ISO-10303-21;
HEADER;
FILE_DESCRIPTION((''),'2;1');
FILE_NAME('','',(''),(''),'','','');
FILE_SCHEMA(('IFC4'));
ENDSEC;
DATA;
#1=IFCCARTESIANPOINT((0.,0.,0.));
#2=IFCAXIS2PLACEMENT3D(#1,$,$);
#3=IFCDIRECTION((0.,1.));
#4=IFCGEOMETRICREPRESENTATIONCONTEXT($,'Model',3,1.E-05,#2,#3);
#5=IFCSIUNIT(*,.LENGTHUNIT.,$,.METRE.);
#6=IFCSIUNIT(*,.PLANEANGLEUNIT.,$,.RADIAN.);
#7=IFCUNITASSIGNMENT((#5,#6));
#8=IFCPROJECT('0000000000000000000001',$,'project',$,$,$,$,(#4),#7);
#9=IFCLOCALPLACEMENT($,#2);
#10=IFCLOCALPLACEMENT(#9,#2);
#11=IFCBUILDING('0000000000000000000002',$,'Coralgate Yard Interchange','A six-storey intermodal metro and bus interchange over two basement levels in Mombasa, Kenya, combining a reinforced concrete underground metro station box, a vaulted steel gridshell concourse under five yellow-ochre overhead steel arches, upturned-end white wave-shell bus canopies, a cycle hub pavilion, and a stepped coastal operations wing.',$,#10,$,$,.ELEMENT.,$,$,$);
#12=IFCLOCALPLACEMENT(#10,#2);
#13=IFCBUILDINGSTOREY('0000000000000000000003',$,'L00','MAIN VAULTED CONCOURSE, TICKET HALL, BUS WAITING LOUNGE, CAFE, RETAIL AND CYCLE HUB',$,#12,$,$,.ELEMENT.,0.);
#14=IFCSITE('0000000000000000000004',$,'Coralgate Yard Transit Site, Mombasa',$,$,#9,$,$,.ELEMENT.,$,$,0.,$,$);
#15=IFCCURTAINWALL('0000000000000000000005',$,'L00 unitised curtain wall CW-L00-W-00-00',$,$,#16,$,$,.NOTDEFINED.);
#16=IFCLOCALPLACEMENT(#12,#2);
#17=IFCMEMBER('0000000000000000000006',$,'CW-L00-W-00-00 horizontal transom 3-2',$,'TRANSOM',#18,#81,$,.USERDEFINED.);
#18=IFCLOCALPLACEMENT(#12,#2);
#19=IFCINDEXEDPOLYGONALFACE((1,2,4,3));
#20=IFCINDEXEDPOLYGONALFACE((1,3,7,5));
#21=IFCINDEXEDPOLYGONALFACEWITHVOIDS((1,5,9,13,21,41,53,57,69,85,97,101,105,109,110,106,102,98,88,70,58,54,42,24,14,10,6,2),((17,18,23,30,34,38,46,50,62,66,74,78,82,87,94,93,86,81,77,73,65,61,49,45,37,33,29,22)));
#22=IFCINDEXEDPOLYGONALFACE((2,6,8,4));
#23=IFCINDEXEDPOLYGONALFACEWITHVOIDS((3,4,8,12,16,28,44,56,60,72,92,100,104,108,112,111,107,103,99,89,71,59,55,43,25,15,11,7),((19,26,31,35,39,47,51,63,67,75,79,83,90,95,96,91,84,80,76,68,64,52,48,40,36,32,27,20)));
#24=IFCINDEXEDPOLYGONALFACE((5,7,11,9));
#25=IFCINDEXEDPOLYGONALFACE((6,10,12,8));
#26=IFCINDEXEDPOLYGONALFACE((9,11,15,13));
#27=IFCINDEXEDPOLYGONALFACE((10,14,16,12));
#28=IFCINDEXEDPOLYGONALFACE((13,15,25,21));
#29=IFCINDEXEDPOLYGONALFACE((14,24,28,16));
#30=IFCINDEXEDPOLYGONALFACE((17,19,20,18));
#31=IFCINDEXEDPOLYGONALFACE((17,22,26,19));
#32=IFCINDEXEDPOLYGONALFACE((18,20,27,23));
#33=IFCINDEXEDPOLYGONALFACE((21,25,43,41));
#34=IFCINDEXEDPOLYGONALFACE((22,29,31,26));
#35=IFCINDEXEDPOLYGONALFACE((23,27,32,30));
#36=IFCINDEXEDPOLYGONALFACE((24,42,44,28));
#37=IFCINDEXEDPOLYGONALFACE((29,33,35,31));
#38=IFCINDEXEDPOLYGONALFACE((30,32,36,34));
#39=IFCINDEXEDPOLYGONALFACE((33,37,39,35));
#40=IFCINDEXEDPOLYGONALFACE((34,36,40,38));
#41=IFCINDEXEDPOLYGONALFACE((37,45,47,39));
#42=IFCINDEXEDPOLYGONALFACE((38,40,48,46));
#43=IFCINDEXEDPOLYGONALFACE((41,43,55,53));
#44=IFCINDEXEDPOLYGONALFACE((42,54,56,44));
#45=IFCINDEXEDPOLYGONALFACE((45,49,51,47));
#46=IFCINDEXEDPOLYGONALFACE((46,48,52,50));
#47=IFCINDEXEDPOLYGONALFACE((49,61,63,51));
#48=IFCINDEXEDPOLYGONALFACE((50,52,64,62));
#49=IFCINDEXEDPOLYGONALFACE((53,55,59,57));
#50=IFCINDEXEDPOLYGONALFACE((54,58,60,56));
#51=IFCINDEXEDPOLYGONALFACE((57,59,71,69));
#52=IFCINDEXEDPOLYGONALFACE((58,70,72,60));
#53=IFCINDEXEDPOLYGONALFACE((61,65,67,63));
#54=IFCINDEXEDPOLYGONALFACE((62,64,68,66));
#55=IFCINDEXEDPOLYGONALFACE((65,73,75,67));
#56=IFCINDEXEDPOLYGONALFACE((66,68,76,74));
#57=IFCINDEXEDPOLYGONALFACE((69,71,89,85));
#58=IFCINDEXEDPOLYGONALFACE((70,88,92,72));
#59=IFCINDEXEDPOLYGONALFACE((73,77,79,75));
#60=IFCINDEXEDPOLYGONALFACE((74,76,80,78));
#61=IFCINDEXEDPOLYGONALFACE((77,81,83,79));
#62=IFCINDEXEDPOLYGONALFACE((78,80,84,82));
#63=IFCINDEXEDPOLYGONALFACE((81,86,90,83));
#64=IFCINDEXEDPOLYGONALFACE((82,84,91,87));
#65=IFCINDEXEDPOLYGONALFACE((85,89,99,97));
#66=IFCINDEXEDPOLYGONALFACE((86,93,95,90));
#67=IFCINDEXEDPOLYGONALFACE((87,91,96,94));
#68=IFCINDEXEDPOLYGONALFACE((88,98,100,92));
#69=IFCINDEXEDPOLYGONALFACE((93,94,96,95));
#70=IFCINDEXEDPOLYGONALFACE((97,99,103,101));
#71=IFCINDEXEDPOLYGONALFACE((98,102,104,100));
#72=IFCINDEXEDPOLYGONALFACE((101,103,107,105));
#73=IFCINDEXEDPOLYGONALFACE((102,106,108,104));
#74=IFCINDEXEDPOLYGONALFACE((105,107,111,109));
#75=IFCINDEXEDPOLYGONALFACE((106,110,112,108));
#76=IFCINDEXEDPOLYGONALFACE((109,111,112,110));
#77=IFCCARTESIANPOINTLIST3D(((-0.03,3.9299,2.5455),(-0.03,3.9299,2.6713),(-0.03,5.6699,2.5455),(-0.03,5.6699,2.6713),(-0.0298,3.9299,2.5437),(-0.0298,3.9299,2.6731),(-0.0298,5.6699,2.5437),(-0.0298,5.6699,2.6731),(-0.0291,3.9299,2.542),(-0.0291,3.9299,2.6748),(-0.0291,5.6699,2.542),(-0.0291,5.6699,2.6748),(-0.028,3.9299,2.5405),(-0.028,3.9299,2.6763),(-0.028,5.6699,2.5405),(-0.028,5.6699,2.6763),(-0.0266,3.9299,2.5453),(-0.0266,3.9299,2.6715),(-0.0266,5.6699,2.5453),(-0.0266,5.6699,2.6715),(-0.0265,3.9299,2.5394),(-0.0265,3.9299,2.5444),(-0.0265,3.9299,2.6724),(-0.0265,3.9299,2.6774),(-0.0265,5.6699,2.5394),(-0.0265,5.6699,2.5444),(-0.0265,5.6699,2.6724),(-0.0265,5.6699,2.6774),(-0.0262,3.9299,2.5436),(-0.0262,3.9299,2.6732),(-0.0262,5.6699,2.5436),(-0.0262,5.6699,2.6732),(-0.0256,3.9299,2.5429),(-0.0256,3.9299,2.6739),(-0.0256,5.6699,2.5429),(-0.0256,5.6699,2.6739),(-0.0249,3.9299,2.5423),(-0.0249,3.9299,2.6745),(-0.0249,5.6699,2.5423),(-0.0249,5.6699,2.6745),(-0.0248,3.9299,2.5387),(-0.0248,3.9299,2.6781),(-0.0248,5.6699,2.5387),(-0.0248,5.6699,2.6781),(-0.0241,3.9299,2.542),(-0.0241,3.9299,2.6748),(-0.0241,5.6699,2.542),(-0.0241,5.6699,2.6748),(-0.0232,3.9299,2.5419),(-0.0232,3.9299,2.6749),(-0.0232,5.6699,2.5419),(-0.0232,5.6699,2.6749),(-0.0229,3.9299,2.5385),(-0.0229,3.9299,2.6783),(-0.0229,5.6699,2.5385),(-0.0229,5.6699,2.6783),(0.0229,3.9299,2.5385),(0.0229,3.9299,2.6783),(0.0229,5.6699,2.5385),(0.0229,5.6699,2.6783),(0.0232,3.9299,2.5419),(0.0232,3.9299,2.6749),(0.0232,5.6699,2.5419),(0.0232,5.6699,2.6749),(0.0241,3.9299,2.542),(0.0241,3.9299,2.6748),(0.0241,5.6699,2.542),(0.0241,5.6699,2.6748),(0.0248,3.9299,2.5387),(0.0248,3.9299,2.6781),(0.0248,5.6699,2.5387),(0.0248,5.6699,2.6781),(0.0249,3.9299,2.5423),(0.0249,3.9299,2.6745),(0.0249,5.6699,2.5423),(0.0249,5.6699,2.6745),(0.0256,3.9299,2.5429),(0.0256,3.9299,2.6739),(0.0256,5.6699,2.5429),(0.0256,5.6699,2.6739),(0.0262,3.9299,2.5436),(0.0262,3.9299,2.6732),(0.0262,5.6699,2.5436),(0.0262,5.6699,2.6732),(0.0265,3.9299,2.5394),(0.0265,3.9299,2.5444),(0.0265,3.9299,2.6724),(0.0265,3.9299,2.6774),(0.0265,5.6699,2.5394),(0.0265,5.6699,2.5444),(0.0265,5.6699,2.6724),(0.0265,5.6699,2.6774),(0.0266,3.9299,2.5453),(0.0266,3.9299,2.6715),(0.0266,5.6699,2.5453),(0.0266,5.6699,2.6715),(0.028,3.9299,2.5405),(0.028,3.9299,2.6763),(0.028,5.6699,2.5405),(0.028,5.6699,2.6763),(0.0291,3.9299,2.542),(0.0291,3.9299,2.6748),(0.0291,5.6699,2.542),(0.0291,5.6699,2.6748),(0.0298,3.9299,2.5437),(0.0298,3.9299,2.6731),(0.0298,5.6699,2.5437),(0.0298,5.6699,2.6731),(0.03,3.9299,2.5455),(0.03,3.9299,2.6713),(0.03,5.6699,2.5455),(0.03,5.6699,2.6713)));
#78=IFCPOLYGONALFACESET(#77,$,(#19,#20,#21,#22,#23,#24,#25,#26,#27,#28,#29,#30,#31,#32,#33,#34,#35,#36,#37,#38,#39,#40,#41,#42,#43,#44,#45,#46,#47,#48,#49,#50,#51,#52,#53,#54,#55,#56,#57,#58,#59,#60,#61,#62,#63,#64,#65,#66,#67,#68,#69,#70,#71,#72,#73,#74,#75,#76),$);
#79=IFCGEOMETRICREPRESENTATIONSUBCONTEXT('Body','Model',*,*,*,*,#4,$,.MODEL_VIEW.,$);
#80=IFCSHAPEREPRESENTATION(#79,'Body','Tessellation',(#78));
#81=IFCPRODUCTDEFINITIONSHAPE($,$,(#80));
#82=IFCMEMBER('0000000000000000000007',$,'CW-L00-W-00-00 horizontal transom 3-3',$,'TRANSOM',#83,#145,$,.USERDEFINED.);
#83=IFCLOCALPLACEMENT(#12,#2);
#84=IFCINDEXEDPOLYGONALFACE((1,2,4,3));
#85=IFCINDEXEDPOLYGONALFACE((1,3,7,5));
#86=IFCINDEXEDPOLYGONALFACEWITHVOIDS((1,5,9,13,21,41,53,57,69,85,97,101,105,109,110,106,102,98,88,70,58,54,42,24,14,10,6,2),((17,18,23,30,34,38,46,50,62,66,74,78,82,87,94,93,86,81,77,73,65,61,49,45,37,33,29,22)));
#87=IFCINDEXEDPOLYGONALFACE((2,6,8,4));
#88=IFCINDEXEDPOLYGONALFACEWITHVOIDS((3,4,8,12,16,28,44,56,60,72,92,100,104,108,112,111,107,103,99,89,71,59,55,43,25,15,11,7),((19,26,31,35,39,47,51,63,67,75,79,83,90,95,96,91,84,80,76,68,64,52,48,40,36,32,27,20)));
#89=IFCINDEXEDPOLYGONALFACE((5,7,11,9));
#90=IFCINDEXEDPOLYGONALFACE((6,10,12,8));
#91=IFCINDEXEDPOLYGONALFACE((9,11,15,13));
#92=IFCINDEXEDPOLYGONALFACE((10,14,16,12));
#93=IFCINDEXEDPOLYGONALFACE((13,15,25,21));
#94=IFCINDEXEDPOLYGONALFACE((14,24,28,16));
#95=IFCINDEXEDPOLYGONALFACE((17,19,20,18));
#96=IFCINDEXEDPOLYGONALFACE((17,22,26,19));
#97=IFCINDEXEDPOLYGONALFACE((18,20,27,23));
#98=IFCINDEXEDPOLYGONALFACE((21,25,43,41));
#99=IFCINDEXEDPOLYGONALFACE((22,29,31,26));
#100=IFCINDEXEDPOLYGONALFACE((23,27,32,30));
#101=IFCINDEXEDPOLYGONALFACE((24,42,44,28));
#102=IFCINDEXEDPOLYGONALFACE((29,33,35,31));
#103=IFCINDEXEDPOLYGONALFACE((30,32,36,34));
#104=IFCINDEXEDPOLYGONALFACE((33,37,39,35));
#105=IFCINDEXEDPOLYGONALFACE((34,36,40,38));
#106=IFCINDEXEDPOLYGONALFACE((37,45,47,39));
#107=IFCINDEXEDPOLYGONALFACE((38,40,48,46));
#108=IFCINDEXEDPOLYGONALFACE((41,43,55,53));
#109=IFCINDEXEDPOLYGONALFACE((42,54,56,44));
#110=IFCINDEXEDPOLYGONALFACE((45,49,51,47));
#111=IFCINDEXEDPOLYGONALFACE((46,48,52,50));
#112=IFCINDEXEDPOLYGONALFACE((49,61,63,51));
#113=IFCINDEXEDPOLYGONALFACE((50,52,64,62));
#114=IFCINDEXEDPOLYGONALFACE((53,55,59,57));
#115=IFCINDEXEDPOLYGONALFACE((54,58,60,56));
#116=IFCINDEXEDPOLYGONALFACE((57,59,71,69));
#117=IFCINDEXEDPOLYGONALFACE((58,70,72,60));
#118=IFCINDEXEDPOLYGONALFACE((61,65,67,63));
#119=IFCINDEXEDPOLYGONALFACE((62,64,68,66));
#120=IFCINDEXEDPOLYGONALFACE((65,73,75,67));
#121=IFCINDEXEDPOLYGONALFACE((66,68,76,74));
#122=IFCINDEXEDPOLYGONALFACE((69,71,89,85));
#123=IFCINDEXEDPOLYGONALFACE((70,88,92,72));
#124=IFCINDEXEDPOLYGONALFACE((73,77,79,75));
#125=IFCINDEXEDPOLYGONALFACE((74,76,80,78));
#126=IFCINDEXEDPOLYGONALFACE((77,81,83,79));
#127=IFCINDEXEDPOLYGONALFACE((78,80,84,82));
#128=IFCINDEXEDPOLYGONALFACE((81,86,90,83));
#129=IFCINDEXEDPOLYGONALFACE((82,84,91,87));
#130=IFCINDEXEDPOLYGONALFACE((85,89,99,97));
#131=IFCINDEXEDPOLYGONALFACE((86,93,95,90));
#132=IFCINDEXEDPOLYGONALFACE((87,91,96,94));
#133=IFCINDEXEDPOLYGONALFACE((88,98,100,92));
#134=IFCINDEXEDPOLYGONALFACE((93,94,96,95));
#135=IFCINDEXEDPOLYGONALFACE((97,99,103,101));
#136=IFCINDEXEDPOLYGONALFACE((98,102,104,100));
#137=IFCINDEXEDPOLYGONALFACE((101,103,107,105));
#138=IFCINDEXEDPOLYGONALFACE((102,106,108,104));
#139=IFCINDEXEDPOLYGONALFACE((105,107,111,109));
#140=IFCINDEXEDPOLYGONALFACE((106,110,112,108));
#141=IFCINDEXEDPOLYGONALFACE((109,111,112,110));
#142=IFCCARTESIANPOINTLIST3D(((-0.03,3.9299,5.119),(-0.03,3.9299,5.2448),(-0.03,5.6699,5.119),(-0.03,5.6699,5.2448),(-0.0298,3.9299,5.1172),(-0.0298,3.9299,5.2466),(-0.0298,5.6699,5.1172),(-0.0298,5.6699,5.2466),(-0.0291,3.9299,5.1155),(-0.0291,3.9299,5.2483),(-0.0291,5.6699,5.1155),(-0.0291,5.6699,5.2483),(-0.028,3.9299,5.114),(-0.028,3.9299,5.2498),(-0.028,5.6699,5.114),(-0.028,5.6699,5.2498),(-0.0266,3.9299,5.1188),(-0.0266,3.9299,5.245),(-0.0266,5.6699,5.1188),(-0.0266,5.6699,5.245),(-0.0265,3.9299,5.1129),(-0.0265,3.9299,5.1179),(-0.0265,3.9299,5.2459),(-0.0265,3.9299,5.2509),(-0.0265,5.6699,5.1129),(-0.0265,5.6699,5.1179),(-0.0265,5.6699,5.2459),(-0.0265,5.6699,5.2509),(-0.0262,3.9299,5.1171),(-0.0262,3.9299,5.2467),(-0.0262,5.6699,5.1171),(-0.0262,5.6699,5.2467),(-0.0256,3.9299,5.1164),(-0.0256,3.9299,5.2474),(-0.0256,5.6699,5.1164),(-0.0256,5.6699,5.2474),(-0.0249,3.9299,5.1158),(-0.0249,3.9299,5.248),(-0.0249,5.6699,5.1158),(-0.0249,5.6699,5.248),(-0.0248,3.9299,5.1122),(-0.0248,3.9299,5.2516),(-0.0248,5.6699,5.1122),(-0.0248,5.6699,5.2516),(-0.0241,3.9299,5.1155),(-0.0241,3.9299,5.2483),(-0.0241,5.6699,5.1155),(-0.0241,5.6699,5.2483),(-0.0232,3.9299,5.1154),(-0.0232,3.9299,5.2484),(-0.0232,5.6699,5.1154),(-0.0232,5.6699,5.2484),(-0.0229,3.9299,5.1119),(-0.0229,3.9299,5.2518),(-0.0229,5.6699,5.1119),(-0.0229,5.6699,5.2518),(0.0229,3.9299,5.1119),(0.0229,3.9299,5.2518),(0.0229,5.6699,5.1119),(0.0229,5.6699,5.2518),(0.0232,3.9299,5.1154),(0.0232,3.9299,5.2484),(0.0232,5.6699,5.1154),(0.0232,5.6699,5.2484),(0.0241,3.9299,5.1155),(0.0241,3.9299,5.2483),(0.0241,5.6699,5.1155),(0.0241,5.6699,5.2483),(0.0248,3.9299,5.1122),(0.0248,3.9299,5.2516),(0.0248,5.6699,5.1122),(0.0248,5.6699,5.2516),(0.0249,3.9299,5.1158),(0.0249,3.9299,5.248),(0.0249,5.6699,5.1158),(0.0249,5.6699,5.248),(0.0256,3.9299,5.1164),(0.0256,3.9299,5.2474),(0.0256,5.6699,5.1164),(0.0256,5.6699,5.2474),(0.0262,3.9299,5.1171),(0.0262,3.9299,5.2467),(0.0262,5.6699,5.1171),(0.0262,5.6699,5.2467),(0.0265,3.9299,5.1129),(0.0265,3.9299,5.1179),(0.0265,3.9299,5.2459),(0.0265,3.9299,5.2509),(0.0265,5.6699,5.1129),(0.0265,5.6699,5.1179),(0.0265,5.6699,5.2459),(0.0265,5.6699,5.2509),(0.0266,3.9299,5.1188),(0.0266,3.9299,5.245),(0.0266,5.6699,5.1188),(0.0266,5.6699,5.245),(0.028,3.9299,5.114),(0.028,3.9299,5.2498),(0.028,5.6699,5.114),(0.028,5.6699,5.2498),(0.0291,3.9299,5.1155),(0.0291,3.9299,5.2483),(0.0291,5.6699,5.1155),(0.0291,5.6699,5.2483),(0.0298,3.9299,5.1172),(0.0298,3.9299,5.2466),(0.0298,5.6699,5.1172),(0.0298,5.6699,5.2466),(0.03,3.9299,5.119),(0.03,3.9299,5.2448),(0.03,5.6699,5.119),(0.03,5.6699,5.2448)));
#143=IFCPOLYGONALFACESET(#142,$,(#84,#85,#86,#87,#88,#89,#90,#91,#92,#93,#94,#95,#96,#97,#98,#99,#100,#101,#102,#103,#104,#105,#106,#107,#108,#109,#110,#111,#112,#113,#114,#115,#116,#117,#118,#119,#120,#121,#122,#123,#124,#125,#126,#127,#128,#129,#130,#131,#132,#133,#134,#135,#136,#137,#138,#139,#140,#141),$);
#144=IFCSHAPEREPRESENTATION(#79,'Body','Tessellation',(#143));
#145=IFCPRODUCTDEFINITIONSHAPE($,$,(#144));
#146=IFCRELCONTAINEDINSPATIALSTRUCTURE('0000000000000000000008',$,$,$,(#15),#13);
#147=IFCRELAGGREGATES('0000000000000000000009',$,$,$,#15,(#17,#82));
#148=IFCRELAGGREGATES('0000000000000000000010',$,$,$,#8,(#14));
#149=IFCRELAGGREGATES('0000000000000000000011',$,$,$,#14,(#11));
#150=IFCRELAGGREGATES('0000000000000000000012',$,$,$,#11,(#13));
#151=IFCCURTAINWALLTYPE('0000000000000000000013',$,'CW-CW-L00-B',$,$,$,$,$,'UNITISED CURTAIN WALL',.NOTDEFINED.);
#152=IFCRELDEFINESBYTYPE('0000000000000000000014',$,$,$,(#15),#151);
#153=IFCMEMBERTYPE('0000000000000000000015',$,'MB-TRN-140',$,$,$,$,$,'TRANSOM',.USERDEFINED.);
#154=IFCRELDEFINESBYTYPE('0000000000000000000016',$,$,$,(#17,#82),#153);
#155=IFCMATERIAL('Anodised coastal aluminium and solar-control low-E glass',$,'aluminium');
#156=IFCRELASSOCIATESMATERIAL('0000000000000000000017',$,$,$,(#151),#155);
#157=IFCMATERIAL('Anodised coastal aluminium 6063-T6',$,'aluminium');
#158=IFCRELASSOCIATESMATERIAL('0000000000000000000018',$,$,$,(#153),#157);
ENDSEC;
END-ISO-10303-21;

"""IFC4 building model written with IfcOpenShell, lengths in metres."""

from ifc_helpers import new_model, si_unit, direction, frame, origin, origin_2d, place, context, subcontext, project, spatial, hollow_rectangle, extrude, material, material_profile, profile_set, type_object, element, aggregate, save


model = new_model("IFC4")

# Units and contexts
model_context = context("Model", 3, precision=1e-05, world=origin(), true_north=direction((0.0, 1.0)))
body_context = subcontext(model_context, "Body", "Model", "MODEL_VIEW")
ifc_project = project(units=[si_unit("LENGTHUNIT", "METRE"), si_unit("PLANEANGLEUNIT", "RADIAN")], contexts=[model_context])

# Site, building, storey
site_placement = place(None, origin())
site = spatial("IfcSite", under=ifc_project, at=site_placement, Name="Coralgate Yard Transit Site, Mombasa", CompositionType="ELEMENT", RefElevation=0.0)
building_placement = place(site_placement, origin())
building = spatial("IfcBuilding", under=site, at=building_placement, Name="Coralgate Yard Interchange", Description="A six-storey intermodal metro and bus interchange over two basement levels in Mombasa, Kenya, combining a reinforced concrete underground metro station box, a vaulted steel gridshell concourse under five yellow-ochre overhead steel arches, upturned-end white wave-shell bus canopies, a cycle hub pavilion, and a stepped coastal operations wing.", CompositionType="ELEMENT")
storey_placement = place(building_placement, origin())
storey = spatial("IfcBuildingStorey", under=building, at=storey_placement, Name="L00", Description="MAIN VAULTED CONCOURSE, TICKET HALL, BUS WAITING LOUNGE, CAFE, RETAIL AND CYCLE HUB", CompositionType="ELEMENT", Elevation=0.0)

# Curtain wall, members
ifc_material_1 = material(Name="Anodised coastal aluminium and solar-control low-E glass", Category="aluminium")
curtain_wall_type = type_object("IfcCurtainWallType", Name="CW-CW-L00-B", ElementType="UNITISED CURTAIN WALL", PredefinedType="NOTDEFINED", material=ifc_material_1)
curtain_wall_placement = place(storey_placement, origin())
curtain_wall = element("IfcCurtainWall", 1, at=curtain_wall_placement, inside=storey, type_object=curtain_wall_type, Name="L00 unitised curtain wall CW-L00-W-00-00", PredefinedType="NOTDEFINED")
ifc_material_2 = material(Name="Anodised coastal aluminium 6063-T6", Category="aluminium")
ifc_material_profile_1 = material_profile(ifc_material_2, hollow_rectangle(XDim=0.0601, YDim=0.1399, WallThickness=0.0034, InnerFilletRadius=0.0034, OuterFilletRadius=0.0071, at=origin_2d()), Name="ALU 60x140x3.5")
ifc_profile_set_1 = profile_set([ifc_material_profile_1], Name="Anodised coastal aluminium 6063-T6")
member_type_1 = type_object("IfcMemberType", Name="MB-TRN-140", ElementType="TRANSOM", PredefinedType="USERDEFINED", material=ifc_profile_set_1)
member_1_placement = place(storey_placement, frame((0.0, 3.9299, 2.6084), z_axis=(0.0, 1.0, 0.0), x_axis=(-1.0, 0.0, 0.0)))
member_1 = element("IfcMember", 2, at=member_1_placement, type_object=member_type_1, Name="CW-L00-W-00-00 horizontal transom 3-2", ObjectType="TRANSOM", PredefinedType="USERDEFINED", context=body_context, shape_type="SweptSolid", body=[
    extrude(hollow_rectangle(XDim=0.0601, YDim=0.1399, WallThickness=0.0034, InnerFilletRadius=0.0034, OuterFilletRadius=0.0071, at=origin_2d()), origin(), (0.0, 0.0, 1.0), 1.74),
])
member_2_placement = place(storey_placement, frame((0.0, 3.9299, 5.1819), z_axis=(0.0, 1.0, 0.0), x_axis=(-1.0, 0.0, 0.0)))
member_2 = element("IfcMember", 3, at=member_2_placement, type_object=member_type_1, Name="CW-L00-W-00-00 horizontal transom 3-3", ObjectType="TRANSOM", PredefinedType="USERDEFINED", context=body_context, shape_type="SweptSolid", body=[
    extrude(hollow_rectangle(XDim=0.0601, YDim=0.1399, WallThickness=0.0034, InnerFilletRadius=0.0034, OuterFilletRadius=0.0071, at=origin_2d()), origin(), (0.0, 0.0, 1.0), 1.74),
])
aggregate(curtain_wall, [member_1, member_2])

save(model, "model.ifc")
